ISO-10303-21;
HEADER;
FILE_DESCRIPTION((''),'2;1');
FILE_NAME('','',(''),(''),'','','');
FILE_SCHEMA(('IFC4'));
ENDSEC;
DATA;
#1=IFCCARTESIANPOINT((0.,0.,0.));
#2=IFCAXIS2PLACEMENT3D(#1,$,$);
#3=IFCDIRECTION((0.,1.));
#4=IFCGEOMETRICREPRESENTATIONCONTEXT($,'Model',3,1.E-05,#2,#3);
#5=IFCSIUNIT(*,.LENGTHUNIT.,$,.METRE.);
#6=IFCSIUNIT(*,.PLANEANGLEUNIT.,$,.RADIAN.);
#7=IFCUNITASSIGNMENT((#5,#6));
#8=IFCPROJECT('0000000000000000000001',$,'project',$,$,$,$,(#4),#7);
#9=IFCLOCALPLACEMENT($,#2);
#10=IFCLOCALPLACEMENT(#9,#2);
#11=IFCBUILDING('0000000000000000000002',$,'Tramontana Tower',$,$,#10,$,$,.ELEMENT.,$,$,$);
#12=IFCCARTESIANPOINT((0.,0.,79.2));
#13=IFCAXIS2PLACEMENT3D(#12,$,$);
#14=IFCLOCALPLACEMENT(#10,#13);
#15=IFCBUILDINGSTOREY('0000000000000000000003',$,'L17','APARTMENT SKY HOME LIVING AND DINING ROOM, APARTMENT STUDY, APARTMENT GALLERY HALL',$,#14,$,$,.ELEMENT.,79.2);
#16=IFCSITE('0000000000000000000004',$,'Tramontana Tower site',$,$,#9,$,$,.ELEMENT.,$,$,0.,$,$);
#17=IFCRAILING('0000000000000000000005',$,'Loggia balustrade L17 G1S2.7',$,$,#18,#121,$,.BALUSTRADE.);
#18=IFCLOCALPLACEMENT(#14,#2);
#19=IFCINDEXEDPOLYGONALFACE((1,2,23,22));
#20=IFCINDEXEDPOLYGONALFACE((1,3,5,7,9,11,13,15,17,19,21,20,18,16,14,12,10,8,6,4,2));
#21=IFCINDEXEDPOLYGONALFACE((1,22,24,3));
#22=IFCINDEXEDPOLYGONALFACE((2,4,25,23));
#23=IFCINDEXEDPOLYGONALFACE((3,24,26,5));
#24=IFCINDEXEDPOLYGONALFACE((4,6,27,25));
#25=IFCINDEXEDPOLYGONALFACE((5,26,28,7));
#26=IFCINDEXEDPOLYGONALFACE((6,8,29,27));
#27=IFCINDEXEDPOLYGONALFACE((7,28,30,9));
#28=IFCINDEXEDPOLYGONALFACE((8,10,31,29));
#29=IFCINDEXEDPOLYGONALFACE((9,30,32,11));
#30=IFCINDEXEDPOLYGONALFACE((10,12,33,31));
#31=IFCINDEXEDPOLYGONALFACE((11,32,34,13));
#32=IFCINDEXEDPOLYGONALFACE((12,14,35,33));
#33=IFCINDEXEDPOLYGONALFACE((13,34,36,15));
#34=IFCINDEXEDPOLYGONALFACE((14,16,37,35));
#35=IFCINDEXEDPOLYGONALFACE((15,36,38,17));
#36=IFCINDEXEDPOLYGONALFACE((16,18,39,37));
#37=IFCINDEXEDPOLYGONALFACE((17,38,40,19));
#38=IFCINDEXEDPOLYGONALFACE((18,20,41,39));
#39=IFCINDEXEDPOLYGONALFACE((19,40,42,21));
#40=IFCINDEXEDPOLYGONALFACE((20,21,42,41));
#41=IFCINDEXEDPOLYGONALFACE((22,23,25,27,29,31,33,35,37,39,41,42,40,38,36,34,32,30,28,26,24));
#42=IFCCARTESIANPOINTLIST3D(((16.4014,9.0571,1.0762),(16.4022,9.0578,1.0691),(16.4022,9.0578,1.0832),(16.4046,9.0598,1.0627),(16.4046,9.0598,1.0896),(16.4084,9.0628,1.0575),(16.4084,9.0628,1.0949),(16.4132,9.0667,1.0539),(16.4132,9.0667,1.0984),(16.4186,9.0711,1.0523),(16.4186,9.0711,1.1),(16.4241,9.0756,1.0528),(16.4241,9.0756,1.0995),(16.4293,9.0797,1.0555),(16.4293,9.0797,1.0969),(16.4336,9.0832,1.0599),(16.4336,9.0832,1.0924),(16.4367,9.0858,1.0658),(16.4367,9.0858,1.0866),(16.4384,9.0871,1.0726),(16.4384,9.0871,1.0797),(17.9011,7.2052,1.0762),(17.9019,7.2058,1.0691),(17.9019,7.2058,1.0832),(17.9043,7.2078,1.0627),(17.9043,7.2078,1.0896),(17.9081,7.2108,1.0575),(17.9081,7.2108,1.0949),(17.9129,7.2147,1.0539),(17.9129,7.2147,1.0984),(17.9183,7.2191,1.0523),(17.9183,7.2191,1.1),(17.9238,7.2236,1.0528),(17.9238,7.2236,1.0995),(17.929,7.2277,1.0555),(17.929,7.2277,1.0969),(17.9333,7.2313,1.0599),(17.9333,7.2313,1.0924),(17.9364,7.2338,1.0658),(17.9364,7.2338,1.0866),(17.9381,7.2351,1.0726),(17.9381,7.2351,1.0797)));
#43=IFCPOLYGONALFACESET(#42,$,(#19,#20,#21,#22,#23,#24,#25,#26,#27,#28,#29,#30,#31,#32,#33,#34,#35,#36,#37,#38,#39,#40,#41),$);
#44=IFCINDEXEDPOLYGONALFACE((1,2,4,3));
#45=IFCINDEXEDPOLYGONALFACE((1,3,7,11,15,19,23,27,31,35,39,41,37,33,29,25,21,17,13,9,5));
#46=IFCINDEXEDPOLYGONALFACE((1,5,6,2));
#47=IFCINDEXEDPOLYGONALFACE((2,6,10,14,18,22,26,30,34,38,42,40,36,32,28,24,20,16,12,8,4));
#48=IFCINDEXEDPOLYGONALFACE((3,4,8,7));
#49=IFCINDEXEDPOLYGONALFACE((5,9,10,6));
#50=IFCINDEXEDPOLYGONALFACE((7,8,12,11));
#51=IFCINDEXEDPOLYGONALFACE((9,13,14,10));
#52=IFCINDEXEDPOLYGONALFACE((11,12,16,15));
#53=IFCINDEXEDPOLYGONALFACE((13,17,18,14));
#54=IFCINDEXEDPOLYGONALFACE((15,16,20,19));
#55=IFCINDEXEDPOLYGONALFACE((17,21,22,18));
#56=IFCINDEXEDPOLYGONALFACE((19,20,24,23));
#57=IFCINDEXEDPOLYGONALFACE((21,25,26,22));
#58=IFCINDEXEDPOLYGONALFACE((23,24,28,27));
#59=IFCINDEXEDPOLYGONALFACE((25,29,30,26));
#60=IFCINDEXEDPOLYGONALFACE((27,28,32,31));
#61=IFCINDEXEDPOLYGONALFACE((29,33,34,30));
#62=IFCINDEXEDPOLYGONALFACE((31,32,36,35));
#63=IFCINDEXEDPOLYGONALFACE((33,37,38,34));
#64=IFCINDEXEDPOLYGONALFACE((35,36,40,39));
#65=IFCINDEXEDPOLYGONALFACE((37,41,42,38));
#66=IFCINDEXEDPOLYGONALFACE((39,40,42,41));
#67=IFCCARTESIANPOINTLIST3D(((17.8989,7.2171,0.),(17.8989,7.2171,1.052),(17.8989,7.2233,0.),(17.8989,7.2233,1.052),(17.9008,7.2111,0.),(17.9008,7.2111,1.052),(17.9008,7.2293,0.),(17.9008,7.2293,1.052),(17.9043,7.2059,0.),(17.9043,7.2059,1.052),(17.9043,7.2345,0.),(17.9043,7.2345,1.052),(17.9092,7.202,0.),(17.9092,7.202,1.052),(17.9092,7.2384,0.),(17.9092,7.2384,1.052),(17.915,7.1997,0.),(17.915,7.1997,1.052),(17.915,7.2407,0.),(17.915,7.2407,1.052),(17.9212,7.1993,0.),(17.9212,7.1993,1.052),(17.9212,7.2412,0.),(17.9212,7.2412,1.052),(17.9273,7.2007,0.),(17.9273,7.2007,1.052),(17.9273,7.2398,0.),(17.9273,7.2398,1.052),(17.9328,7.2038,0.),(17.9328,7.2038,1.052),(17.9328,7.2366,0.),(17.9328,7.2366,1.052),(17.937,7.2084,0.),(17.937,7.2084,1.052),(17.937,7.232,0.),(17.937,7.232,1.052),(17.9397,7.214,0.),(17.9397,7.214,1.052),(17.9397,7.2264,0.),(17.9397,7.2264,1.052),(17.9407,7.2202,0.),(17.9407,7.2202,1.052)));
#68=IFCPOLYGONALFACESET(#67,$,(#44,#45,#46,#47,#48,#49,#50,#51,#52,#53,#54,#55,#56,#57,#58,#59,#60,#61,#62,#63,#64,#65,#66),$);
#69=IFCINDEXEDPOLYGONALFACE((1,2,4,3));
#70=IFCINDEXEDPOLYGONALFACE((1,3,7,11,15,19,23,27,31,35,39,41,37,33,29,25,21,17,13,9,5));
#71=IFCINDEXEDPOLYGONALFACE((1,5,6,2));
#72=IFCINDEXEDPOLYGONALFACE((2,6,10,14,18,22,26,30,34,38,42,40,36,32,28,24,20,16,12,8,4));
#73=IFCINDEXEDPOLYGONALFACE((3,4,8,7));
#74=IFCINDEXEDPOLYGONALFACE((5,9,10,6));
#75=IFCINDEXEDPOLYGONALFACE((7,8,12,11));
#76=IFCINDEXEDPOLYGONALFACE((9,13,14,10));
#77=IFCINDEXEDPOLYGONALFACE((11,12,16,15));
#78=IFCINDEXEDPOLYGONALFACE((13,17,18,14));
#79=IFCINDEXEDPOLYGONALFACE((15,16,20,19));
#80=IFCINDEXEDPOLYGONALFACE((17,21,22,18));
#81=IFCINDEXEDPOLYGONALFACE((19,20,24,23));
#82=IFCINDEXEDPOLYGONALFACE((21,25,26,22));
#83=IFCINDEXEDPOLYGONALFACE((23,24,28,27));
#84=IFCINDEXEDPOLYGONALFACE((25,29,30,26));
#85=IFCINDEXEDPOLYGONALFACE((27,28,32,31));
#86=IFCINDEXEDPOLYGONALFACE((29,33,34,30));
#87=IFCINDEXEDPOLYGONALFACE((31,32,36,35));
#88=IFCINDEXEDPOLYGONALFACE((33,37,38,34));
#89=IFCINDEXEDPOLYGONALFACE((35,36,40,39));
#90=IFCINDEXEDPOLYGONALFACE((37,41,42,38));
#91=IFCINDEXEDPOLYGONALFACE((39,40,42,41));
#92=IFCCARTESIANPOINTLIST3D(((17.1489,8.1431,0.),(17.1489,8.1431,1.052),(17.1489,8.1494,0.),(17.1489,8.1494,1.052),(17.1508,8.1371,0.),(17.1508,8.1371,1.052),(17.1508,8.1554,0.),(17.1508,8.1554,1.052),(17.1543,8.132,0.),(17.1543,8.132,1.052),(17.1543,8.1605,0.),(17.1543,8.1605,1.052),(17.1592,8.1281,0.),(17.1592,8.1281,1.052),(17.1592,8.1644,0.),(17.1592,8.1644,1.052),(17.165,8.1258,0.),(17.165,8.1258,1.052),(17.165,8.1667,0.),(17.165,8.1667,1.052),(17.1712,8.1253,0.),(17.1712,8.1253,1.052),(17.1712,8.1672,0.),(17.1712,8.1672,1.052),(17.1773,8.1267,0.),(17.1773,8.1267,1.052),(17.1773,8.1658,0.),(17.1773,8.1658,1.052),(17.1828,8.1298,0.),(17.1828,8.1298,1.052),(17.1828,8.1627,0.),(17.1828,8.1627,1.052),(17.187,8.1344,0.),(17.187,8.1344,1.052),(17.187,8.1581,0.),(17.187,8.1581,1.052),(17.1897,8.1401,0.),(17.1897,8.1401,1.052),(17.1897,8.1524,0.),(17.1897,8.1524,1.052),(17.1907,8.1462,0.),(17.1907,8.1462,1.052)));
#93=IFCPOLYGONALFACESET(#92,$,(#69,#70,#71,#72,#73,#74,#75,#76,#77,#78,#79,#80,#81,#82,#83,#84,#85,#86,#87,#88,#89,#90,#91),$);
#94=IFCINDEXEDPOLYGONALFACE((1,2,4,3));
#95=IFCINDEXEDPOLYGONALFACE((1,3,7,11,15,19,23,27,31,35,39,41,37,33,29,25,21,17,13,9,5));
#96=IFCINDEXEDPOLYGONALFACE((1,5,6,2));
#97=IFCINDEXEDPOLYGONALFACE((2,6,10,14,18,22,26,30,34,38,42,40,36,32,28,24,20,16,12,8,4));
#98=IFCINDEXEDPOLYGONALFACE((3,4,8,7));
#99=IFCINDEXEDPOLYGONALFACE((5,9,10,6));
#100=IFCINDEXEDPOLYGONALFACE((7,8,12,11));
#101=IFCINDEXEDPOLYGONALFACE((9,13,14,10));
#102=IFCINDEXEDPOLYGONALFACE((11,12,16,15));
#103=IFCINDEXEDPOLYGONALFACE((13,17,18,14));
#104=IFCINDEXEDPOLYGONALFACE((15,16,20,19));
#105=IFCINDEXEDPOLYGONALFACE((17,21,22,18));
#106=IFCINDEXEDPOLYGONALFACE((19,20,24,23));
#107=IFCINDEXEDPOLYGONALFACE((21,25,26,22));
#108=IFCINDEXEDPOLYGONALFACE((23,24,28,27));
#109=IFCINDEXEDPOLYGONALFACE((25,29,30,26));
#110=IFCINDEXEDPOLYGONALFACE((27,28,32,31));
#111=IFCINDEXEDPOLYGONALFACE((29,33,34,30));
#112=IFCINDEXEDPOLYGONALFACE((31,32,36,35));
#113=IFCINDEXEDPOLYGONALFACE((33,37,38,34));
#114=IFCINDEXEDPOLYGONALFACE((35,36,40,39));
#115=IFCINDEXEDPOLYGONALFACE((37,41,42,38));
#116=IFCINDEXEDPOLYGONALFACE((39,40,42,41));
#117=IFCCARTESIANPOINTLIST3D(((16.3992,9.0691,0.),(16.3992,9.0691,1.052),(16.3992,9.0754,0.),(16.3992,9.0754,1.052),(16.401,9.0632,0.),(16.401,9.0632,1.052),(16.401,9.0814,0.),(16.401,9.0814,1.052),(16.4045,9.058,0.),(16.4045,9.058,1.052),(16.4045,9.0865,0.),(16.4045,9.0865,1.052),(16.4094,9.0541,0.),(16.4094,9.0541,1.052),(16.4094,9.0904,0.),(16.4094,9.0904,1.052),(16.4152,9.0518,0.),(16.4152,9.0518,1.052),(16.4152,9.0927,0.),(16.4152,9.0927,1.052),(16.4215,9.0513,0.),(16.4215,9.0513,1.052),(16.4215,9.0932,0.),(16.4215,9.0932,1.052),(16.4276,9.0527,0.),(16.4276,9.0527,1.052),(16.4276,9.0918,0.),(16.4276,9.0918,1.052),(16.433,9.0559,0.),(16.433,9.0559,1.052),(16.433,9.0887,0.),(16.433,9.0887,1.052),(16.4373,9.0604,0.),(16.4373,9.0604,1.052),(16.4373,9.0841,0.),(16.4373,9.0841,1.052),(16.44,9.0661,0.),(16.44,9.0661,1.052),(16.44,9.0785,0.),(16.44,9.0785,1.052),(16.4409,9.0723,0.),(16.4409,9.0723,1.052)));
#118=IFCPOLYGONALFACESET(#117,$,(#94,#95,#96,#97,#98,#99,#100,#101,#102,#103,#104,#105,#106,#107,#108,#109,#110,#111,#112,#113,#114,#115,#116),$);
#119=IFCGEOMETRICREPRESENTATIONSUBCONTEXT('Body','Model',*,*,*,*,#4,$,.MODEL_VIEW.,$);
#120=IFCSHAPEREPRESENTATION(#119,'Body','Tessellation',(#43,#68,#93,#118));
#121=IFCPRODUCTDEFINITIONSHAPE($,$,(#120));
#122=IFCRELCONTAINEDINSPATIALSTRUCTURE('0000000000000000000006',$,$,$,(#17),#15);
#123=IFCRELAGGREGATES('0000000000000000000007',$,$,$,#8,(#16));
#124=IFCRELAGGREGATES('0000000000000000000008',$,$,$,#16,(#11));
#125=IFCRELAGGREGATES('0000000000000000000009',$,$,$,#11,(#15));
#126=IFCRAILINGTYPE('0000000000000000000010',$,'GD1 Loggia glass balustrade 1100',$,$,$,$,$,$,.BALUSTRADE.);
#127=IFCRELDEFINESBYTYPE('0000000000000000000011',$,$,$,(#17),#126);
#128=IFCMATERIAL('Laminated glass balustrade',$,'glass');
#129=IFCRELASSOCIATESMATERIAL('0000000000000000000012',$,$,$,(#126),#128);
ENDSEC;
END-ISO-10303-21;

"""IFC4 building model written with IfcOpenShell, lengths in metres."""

from ifc_helpers import new_model, si_unit, direction, frame, origin, origin_2d, place, context, subcontext, project, spatial, circle, extrude, material, type_object, element, save


model = new_model("IFC4")

# Units and contexts
model_context = context("Model", 3, precision=1e-05, world=origin(), true_north=direction((0.0, 1.0)))
body_context = subcontext(model_context, "Body", "Model", "MODEL_VIEW")
ifc_project = project(units=[si_unit("LENGTHUNIT", "METRE"), si_unit("PLANEANGLEUNIT", "RADIAN")], contexts=[model_context])

# Site, building, storey
site_placement = place(None, origin())
site = spatial("IfcSite", under=ifc_project, at=site_placement, Name="Tramontana Tower site", CompositionType="ELEMENT", RefElevation=0.0)
building_placement = place(site_placement, origin())
building = spatial("IfcBuilding", under=site, at=building_placement, Name="Tramontana Tower", CompositionType="ELEMENT")
storey_placement = place(building_placement, frame((0.0, 0.0, 79.2)))
storey = spatial("IfcBuildingStorey", under=building, at=storey_placement, Name="L17", Description="APARTMENT SKY HOME LIVING AND DINING ROOM, APARTMENT STUDY, APARTMENT GALLERY HALL", CompositionType="ELEMENT", Elevation=79.2)

# Railing
ifc_material_1 = material(Name="Laminated glass balustrade", Category="glass")
railing_type_1 = type_object("IfcRailingType", Name="GD1 Loggia glass balustrade 1100", PredefinedType="BALUSTRADE", material=ifc_material_1)
railing_1_placement = place(storey_placement, frame((17.9197, 7.2202, 0.0)))
element("IfcRailing", 1, at=railing_1_placement, inside=storey, type_object=railing_type_1, Name="Loggia balustrade L17 G1S2.7", PredefinedType="BALUSTRADE", context=body_context, shape_type="SweptSolid", body=[
    extrude(circle(Radius=0.0239, at=origin_2d()), frame((0.0, 0.0, 1.0762), z_axis=(-0.629319, 0.777147, 0.0), x_axis=(-0.777147, -0.629319, 0.0)), (0.0, 0.0, 1.0), 2.3831),
    extrude(circle(Radius=0.021, at=origin_2d()), origin(), (0.0, 0.0, 1.0), 1.052),
    extrude(circle(Radius=0.021, at=origin_2d()), frame((-0.75, 0.926, 0.0)), (0.0, 0.0, 1.0), 1.052),
    extrude(circle(Radius=0.021, at=origin_2d()), frame((-1.4998, 1.8521, 0.0)), (0.0, 0.0, 1.0), 1.052),
])

save(model, "model.ifc")
